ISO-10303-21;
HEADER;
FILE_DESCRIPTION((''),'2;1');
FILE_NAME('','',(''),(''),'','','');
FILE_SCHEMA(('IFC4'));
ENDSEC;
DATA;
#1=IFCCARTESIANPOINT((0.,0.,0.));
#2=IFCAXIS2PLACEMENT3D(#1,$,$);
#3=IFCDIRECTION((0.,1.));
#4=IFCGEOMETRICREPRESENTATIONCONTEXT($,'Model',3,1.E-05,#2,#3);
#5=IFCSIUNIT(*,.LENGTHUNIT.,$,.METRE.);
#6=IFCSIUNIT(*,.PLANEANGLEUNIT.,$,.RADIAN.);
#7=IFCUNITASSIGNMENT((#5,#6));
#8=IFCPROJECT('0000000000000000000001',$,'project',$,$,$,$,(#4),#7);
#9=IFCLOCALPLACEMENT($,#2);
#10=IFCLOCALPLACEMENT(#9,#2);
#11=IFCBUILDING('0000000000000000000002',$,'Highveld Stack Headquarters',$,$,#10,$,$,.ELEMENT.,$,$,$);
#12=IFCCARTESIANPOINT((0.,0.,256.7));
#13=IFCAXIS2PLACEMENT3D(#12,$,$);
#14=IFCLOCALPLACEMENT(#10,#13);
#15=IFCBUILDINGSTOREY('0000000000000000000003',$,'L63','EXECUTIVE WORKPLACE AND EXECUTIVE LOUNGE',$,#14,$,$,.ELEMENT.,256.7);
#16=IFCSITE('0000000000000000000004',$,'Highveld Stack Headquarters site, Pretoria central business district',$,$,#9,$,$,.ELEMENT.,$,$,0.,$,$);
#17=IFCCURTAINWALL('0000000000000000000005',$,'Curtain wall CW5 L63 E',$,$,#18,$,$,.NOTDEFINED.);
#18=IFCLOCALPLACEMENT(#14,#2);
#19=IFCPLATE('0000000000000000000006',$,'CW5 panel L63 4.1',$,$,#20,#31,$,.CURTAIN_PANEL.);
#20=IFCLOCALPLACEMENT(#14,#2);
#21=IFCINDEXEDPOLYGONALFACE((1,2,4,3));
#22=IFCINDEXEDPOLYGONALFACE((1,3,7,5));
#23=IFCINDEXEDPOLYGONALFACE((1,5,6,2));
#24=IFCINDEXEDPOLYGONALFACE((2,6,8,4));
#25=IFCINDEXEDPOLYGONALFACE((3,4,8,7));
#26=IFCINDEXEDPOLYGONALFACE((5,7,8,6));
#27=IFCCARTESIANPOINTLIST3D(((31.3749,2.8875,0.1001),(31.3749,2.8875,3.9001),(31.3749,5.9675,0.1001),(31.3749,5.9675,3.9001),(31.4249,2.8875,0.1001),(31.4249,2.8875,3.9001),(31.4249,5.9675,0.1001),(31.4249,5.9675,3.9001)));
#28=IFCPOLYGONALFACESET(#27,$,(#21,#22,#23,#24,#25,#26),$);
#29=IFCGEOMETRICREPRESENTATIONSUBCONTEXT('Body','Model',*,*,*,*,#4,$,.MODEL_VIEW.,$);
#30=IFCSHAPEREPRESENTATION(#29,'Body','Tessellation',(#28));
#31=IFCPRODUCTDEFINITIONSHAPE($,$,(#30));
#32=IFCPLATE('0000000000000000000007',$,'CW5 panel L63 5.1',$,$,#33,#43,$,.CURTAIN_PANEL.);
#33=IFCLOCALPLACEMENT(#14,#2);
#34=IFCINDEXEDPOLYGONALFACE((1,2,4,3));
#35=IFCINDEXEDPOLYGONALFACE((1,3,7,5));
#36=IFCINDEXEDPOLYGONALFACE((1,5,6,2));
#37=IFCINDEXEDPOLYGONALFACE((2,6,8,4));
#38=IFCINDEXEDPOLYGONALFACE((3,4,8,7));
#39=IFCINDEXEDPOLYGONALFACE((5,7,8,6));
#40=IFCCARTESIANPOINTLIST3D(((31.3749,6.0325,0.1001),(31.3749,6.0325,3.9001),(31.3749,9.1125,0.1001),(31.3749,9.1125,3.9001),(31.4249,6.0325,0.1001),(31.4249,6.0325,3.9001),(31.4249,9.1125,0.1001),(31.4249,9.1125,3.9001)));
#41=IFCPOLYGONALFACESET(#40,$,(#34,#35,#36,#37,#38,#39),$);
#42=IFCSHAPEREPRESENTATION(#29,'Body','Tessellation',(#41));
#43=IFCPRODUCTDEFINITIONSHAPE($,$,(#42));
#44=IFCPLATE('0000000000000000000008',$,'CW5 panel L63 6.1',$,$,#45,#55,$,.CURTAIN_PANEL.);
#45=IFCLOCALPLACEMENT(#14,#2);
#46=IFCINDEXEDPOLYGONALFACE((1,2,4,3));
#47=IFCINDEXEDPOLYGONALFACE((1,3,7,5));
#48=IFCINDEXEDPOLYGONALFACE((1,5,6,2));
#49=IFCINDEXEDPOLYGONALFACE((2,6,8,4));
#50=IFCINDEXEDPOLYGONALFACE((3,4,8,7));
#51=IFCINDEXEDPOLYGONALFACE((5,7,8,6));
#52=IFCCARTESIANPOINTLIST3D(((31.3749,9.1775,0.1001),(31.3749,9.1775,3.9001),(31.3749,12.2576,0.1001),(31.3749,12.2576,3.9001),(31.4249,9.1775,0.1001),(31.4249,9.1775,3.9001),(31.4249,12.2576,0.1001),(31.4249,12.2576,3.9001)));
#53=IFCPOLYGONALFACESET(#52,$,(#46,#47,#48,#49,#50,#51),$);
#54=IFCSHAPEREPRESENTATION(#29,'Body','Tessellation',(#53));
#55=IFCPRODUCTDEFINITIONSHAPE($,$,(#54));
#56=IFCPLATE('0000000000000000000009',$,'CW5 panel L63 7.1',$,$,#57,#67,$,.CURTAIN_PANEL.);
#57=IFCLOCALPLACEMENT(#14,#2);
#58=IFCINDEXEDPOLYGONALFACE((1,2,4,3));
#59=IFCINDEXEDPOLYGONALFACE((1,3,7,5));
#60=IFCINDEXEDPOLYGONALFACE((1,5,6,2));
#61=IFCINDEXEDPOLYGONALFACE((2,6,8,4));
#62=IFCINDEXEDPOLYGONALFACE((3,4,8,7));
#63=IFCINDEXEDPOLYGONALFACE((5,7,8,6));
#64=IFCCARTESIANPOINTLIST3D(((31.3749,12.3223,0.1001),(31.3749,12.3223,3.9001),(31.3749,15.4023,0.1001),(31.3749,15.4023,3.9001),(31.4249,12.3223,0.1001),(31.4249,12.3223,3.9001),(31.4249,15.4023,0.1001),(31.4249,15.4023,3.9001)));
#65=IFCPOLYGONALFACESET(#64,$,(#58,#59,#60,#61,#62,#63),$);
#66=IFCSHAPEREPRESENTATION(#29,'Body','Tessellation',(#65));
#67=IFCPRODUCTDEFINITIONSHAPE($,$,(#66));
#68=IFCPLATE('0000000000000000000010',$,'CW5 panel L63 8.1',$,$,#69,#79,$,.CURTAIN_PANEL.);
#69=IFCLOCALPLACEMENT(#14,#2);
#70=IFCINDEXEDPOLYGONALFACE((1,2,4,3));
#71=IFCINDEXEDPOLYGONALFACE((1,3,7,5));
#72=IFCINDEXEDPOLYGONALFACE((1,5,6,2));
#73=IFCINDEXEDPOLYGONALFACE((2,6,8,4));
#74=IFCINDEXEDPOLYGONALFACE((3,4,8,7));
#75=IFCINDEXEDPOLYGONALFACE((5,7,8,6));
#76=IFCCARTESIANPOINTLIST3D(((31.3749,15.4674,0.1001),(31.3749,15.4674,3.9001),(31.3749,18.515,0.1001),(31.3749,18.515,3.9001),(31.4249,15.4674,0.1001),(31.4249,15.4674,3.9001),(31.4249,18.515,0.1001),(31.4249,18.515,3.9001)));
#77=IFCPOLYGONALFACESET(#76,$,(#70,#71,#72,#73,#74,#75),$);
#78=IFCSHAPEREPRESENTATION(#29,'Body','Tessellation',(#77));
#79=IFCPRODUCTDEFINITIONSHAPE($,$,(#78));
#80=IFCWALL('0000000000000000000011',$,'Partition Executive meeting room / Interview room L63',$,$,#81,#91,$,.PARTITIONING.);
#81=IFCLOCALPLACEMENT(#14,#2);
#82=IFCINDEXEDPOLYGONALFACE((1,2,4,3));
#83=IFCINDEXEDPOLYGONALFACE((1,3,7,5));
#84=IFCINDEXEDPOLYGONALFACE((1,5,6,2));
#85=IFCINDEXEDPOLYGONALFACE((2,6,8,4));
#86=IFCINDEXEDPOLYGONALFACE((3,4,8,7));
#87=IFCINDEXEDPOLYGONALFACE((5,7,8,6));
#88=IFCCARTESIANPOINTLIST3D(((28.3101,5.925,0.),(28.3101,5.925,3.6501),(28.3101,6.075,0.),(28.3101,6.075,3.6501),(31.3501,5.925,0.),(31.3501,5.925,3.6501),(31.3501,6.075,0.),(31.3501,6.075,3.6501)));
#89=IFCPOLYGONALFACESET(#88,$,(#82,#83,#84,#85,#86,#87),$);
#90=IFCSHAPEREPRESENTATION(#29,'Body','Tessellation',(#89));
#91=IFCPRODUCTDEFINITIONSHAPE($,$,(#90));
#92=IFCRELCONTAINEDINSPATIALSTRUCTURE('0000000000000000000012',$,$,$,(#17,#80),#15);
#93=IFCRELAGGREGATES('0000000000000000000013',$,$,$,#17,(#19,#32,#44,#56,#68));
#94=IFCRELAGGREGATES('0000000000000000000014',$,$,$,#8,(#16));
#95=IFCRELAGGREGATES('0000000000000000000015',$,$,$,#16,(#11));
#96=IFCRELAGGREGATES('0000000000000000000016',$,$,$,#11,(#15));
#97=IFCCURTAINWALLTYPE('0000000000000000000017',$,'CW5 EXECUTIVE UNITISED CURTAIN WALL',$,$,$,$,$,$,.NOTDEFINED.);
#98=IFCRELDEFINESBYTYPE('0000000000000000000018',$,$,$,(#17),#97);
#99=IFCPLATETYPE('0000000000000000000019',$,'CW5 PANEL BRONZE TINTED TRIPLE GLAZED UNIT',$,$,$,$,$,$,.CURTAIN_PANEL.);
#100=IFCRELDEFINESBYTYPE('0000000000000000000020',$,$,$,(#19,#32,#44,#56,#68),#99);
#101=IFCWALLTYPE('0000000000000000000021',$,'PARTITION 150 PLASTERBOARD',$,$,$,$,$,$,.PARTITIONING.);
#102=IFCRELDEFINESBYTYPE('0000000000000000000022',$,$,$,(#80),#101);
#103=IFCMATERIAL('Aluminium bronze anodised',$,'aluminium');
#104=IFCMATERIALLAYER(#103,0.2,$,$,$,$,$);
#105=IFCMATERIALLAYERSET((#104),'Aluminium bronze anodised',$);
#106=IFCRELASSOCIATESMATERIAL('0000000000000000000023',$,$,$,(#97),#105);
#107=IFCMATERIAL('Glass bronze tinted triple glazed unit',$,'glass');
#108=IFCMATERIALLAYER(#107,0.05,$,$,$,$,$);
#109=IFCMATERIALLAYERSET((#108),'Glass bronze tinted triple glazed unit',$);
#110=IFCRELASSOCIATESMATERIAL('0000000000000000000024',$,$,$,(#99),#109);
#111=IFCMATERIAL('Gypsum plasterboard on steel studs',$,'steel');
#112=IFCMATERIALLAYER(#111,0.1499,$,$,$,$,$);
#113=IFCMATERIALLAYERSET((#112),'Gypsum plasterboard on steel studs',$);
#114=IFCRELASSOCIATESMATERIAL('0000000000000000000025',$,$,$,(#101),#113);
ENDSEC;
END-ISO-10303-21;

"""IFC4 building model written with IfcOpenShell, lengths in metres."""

from ifc_helpers import new_model, si_unit, direction, frame, frame_2d, origin, origin_2d, place, context, subcontext, project, spatial, rectangle, extrude, material, layer, layer_set, type_object, element, aggregate, save


model = new_model("IFC4")

# Units and contexts
model_context = context("Model", 3, precision=1e-05, world=origin(), true_north=direction((0.0, 1.0)))
body_context = subcontext(model_context, "Body", "Model", "MODEL_VIEW")
ifc_project = project(units=[si_unit("LENGTHUNIT", "METRE"), si_unit("PLANEANGLEUNIT", "RADIAN")], contexts=[model_context])

# Site, building, storey
site_placement = place(None, origin())
site = spatial("IfcSite", under=ifc_project, at=site_placement, Name="Highveld Stack Headquarters site, Pretoria central business district", CompositionType="ELEMENT", RefElevation=0.0)
building_placement = place(site_placement, origin())
building = spatial("IfcBuilding", under=site, at=building_placement, Name="Highveld Stack Headquarters", CompositionType="ELEMENT")
storey_placement = place(building_placement, frame((0.0, 0.0, 256.7)))
storey = spatial("IfcBuildingStorey", under=building, at=storey_placement, Name="L63", Description="EXECUTIVE WORKPLACE AND EXECUTIVE LOUNGE", CompositionType="ELEMENT", Elevation=256.7)

# Curtain wall
ifc_material_1 = material(Name="Aluminium bronze anodised", Category="aluminium")
ifc_layer_1 = layer(ifc_material_1, 0.2)
ifc_layer_set_1 = layer_set([ifc_layer_1], Name="Aluminium bronze anodised")
curtain_wall_type = type_object("IfcCurtainWallType", Name="CW5 EXECUTIVE UNITISED CURTAIN WALL", PredefinedType="NOTDEFINED", material=ifc_layer_set_1)
curtain_wall_placement = place(storey_placement, origin())
curtain_wall = element("IfcCurtainWall", 1, at=curtain_wall_placement, inside=storey, type_object=curtain_wall_type, Name="Curtain wall CW5 L63 E", PredefinedType="NOTDEFINED")

# Plates
ifc_material_2 = material(Name="Glass bronze tinted triple glazed unit", Category="glass")
ifc_layer_2 = layer(ifc_material_2, 0.05)
ifc_layer_set_2 = layer_set([ifc_layer_2], Name="Glass bronze tinted triple glazed unit")
plate_type = type_object("IfcPlateType", Name="CW5 PANEL BRONZE TINTED TRIPLE GLAZED UNIT", PredefinedType="CURTAIN_PANEL", material=ifc_layer_set_2)
plate_1_placement = place(storey_placement, frame((31.3999, 4.4275, 0.1001), z_axis=(0.0, 0.0, 1.0), x_axis=(0.0, 1.0, 0.0)))
plate_1 = element("IfcPlate", 2, at=plate_1_placement, type_object=plate_type, Name="CW5 panel L63 4.1", PredefinedType="CURTAIN_PANEL", context=body_context, shape_type="SweptSolid", body=[
    extrude(rectangle(XDim=3.0801, YDim=0.05, at=origin_2d()), origin(), (0.0, 0.0, 1.0), 3.8),
])
plate_2_placement = place(storey_placement, frame((31.3999, 7.5725, 0.1001), z_axis=(0.0, 0.0, 1.0), x_axis=(0.0, 1.0, 0.0)))
plate_2 = element("IfcPlate", 3, at=plate_2_placement, type_object=plate_type, Name="CW5 panel L63 5.1", PredefinedType="CURTAIN_PANEL", context=body_context, shape_type="SweptSolid", body=[
    extrude(rectangle(XDim=3.0801, YDim=0.05, at=origin_2d()), origin(), (0.0, 0.0, 1.0), 3.8),
])
plate_3_placement = place(storey_placement, frame((31.3999, 10.7175, 0.1001), z_axis=(0.0, 0.0, 1.0), x_axis=(0.0, 1.0, 0.0)))
plate_3 = element("IfcPlate", 4, at=plate_3_placement, type_object=plate_type, Name="CW5 panel L63 6.1", PredefinedType="CURTAIN_PANEL", context=body_context, shape_type="SweptSolid", body=[
    extrude(rectangle(XDim=3.0801, YDim=0.05, at=origin_2d()), origin(), (0.0, 0.0, 1.0), 3.8),
])
plate_4_placement = place(storey_placement, frame((31.3999, 13.8623, 0.1001), z_axis=(0.0, 0.0, 1.0), x_axis=(0.0, 1.0, 0.0)))
plate_4 = element("IfcPlate", 5, at=plate_4_placement, type_object=plate_type, Name="CW5 panel L63 7.1", PredefinedType="CURTAIN_PANEL", context=body_context, shape_type="SweptSolid", body=[
    extrude(rectangle(XDim=3.0801, YDim=0.05, at=origin_2d()), origin(), (0.0, 0.0, 1.0), 3.8),
])
plate_5_placement = place(storey_placement, frame((31.3999, 16.9912, 0.1001), z_axis=(0.0, 0.0, 1.0), x_axis=(0.0, 1.0, 0.0)))
plate_5 = element("IfcPlate", 6, at=plate_5_placement, type_object=plate_type, Name="CW5 panel L63 8.1", PredefinedType="CURTAIN_PANEL", context=body_context, shape_type="SweptSolid", body=[
    extrude(rectangle(XDim=3.0476, YDim=0.05, at=origin_2d()), origin(), (0.0, 0.0, 1.0), 3.8),
])
aggregate(curtain_wall, [plate_1, plate_2, plate_3, plate_4, plate_5])

# Wall
ifc_material_3 = material(Name="Gypsum plasterboard on steel studs", Category="steel")
ifc_layer_3 = layer(ifc_material_3, 0.1499)
ifc_layer_set_3 = layer_set([ifc_layer_3], Name="Gypsum plasterboard on steel studs")
wall_type = type_object("IfcWallType", Name="PARTITION 150 PLASTERBOARD", PredefinedType="PARTITIONING", material=ifc_layer_set_3)
wall_placement = place(storey_placement, frame((28.3101, 6.0, 0.0), z_axis=(0.0, 0.0, 1.0), x_axis=(1.0, 0.0, 0.0)))
element("IfcWall", 7, at=wall_placement, inside=storey, type_object=wall_type, Name="Partition Executive meeting room / Interview room L63", PredefinedType="PARTITIONING", context=body_context, shape_type="SweptSolid", body=[
    extrude(rectangle(XDim=3.04, YDim=0.1499, at=frame_2d((1.52, 0.0))), origin(), (0.0, 0.0, 1.0), 3.6501),
])

save(model, "model.ifc")
